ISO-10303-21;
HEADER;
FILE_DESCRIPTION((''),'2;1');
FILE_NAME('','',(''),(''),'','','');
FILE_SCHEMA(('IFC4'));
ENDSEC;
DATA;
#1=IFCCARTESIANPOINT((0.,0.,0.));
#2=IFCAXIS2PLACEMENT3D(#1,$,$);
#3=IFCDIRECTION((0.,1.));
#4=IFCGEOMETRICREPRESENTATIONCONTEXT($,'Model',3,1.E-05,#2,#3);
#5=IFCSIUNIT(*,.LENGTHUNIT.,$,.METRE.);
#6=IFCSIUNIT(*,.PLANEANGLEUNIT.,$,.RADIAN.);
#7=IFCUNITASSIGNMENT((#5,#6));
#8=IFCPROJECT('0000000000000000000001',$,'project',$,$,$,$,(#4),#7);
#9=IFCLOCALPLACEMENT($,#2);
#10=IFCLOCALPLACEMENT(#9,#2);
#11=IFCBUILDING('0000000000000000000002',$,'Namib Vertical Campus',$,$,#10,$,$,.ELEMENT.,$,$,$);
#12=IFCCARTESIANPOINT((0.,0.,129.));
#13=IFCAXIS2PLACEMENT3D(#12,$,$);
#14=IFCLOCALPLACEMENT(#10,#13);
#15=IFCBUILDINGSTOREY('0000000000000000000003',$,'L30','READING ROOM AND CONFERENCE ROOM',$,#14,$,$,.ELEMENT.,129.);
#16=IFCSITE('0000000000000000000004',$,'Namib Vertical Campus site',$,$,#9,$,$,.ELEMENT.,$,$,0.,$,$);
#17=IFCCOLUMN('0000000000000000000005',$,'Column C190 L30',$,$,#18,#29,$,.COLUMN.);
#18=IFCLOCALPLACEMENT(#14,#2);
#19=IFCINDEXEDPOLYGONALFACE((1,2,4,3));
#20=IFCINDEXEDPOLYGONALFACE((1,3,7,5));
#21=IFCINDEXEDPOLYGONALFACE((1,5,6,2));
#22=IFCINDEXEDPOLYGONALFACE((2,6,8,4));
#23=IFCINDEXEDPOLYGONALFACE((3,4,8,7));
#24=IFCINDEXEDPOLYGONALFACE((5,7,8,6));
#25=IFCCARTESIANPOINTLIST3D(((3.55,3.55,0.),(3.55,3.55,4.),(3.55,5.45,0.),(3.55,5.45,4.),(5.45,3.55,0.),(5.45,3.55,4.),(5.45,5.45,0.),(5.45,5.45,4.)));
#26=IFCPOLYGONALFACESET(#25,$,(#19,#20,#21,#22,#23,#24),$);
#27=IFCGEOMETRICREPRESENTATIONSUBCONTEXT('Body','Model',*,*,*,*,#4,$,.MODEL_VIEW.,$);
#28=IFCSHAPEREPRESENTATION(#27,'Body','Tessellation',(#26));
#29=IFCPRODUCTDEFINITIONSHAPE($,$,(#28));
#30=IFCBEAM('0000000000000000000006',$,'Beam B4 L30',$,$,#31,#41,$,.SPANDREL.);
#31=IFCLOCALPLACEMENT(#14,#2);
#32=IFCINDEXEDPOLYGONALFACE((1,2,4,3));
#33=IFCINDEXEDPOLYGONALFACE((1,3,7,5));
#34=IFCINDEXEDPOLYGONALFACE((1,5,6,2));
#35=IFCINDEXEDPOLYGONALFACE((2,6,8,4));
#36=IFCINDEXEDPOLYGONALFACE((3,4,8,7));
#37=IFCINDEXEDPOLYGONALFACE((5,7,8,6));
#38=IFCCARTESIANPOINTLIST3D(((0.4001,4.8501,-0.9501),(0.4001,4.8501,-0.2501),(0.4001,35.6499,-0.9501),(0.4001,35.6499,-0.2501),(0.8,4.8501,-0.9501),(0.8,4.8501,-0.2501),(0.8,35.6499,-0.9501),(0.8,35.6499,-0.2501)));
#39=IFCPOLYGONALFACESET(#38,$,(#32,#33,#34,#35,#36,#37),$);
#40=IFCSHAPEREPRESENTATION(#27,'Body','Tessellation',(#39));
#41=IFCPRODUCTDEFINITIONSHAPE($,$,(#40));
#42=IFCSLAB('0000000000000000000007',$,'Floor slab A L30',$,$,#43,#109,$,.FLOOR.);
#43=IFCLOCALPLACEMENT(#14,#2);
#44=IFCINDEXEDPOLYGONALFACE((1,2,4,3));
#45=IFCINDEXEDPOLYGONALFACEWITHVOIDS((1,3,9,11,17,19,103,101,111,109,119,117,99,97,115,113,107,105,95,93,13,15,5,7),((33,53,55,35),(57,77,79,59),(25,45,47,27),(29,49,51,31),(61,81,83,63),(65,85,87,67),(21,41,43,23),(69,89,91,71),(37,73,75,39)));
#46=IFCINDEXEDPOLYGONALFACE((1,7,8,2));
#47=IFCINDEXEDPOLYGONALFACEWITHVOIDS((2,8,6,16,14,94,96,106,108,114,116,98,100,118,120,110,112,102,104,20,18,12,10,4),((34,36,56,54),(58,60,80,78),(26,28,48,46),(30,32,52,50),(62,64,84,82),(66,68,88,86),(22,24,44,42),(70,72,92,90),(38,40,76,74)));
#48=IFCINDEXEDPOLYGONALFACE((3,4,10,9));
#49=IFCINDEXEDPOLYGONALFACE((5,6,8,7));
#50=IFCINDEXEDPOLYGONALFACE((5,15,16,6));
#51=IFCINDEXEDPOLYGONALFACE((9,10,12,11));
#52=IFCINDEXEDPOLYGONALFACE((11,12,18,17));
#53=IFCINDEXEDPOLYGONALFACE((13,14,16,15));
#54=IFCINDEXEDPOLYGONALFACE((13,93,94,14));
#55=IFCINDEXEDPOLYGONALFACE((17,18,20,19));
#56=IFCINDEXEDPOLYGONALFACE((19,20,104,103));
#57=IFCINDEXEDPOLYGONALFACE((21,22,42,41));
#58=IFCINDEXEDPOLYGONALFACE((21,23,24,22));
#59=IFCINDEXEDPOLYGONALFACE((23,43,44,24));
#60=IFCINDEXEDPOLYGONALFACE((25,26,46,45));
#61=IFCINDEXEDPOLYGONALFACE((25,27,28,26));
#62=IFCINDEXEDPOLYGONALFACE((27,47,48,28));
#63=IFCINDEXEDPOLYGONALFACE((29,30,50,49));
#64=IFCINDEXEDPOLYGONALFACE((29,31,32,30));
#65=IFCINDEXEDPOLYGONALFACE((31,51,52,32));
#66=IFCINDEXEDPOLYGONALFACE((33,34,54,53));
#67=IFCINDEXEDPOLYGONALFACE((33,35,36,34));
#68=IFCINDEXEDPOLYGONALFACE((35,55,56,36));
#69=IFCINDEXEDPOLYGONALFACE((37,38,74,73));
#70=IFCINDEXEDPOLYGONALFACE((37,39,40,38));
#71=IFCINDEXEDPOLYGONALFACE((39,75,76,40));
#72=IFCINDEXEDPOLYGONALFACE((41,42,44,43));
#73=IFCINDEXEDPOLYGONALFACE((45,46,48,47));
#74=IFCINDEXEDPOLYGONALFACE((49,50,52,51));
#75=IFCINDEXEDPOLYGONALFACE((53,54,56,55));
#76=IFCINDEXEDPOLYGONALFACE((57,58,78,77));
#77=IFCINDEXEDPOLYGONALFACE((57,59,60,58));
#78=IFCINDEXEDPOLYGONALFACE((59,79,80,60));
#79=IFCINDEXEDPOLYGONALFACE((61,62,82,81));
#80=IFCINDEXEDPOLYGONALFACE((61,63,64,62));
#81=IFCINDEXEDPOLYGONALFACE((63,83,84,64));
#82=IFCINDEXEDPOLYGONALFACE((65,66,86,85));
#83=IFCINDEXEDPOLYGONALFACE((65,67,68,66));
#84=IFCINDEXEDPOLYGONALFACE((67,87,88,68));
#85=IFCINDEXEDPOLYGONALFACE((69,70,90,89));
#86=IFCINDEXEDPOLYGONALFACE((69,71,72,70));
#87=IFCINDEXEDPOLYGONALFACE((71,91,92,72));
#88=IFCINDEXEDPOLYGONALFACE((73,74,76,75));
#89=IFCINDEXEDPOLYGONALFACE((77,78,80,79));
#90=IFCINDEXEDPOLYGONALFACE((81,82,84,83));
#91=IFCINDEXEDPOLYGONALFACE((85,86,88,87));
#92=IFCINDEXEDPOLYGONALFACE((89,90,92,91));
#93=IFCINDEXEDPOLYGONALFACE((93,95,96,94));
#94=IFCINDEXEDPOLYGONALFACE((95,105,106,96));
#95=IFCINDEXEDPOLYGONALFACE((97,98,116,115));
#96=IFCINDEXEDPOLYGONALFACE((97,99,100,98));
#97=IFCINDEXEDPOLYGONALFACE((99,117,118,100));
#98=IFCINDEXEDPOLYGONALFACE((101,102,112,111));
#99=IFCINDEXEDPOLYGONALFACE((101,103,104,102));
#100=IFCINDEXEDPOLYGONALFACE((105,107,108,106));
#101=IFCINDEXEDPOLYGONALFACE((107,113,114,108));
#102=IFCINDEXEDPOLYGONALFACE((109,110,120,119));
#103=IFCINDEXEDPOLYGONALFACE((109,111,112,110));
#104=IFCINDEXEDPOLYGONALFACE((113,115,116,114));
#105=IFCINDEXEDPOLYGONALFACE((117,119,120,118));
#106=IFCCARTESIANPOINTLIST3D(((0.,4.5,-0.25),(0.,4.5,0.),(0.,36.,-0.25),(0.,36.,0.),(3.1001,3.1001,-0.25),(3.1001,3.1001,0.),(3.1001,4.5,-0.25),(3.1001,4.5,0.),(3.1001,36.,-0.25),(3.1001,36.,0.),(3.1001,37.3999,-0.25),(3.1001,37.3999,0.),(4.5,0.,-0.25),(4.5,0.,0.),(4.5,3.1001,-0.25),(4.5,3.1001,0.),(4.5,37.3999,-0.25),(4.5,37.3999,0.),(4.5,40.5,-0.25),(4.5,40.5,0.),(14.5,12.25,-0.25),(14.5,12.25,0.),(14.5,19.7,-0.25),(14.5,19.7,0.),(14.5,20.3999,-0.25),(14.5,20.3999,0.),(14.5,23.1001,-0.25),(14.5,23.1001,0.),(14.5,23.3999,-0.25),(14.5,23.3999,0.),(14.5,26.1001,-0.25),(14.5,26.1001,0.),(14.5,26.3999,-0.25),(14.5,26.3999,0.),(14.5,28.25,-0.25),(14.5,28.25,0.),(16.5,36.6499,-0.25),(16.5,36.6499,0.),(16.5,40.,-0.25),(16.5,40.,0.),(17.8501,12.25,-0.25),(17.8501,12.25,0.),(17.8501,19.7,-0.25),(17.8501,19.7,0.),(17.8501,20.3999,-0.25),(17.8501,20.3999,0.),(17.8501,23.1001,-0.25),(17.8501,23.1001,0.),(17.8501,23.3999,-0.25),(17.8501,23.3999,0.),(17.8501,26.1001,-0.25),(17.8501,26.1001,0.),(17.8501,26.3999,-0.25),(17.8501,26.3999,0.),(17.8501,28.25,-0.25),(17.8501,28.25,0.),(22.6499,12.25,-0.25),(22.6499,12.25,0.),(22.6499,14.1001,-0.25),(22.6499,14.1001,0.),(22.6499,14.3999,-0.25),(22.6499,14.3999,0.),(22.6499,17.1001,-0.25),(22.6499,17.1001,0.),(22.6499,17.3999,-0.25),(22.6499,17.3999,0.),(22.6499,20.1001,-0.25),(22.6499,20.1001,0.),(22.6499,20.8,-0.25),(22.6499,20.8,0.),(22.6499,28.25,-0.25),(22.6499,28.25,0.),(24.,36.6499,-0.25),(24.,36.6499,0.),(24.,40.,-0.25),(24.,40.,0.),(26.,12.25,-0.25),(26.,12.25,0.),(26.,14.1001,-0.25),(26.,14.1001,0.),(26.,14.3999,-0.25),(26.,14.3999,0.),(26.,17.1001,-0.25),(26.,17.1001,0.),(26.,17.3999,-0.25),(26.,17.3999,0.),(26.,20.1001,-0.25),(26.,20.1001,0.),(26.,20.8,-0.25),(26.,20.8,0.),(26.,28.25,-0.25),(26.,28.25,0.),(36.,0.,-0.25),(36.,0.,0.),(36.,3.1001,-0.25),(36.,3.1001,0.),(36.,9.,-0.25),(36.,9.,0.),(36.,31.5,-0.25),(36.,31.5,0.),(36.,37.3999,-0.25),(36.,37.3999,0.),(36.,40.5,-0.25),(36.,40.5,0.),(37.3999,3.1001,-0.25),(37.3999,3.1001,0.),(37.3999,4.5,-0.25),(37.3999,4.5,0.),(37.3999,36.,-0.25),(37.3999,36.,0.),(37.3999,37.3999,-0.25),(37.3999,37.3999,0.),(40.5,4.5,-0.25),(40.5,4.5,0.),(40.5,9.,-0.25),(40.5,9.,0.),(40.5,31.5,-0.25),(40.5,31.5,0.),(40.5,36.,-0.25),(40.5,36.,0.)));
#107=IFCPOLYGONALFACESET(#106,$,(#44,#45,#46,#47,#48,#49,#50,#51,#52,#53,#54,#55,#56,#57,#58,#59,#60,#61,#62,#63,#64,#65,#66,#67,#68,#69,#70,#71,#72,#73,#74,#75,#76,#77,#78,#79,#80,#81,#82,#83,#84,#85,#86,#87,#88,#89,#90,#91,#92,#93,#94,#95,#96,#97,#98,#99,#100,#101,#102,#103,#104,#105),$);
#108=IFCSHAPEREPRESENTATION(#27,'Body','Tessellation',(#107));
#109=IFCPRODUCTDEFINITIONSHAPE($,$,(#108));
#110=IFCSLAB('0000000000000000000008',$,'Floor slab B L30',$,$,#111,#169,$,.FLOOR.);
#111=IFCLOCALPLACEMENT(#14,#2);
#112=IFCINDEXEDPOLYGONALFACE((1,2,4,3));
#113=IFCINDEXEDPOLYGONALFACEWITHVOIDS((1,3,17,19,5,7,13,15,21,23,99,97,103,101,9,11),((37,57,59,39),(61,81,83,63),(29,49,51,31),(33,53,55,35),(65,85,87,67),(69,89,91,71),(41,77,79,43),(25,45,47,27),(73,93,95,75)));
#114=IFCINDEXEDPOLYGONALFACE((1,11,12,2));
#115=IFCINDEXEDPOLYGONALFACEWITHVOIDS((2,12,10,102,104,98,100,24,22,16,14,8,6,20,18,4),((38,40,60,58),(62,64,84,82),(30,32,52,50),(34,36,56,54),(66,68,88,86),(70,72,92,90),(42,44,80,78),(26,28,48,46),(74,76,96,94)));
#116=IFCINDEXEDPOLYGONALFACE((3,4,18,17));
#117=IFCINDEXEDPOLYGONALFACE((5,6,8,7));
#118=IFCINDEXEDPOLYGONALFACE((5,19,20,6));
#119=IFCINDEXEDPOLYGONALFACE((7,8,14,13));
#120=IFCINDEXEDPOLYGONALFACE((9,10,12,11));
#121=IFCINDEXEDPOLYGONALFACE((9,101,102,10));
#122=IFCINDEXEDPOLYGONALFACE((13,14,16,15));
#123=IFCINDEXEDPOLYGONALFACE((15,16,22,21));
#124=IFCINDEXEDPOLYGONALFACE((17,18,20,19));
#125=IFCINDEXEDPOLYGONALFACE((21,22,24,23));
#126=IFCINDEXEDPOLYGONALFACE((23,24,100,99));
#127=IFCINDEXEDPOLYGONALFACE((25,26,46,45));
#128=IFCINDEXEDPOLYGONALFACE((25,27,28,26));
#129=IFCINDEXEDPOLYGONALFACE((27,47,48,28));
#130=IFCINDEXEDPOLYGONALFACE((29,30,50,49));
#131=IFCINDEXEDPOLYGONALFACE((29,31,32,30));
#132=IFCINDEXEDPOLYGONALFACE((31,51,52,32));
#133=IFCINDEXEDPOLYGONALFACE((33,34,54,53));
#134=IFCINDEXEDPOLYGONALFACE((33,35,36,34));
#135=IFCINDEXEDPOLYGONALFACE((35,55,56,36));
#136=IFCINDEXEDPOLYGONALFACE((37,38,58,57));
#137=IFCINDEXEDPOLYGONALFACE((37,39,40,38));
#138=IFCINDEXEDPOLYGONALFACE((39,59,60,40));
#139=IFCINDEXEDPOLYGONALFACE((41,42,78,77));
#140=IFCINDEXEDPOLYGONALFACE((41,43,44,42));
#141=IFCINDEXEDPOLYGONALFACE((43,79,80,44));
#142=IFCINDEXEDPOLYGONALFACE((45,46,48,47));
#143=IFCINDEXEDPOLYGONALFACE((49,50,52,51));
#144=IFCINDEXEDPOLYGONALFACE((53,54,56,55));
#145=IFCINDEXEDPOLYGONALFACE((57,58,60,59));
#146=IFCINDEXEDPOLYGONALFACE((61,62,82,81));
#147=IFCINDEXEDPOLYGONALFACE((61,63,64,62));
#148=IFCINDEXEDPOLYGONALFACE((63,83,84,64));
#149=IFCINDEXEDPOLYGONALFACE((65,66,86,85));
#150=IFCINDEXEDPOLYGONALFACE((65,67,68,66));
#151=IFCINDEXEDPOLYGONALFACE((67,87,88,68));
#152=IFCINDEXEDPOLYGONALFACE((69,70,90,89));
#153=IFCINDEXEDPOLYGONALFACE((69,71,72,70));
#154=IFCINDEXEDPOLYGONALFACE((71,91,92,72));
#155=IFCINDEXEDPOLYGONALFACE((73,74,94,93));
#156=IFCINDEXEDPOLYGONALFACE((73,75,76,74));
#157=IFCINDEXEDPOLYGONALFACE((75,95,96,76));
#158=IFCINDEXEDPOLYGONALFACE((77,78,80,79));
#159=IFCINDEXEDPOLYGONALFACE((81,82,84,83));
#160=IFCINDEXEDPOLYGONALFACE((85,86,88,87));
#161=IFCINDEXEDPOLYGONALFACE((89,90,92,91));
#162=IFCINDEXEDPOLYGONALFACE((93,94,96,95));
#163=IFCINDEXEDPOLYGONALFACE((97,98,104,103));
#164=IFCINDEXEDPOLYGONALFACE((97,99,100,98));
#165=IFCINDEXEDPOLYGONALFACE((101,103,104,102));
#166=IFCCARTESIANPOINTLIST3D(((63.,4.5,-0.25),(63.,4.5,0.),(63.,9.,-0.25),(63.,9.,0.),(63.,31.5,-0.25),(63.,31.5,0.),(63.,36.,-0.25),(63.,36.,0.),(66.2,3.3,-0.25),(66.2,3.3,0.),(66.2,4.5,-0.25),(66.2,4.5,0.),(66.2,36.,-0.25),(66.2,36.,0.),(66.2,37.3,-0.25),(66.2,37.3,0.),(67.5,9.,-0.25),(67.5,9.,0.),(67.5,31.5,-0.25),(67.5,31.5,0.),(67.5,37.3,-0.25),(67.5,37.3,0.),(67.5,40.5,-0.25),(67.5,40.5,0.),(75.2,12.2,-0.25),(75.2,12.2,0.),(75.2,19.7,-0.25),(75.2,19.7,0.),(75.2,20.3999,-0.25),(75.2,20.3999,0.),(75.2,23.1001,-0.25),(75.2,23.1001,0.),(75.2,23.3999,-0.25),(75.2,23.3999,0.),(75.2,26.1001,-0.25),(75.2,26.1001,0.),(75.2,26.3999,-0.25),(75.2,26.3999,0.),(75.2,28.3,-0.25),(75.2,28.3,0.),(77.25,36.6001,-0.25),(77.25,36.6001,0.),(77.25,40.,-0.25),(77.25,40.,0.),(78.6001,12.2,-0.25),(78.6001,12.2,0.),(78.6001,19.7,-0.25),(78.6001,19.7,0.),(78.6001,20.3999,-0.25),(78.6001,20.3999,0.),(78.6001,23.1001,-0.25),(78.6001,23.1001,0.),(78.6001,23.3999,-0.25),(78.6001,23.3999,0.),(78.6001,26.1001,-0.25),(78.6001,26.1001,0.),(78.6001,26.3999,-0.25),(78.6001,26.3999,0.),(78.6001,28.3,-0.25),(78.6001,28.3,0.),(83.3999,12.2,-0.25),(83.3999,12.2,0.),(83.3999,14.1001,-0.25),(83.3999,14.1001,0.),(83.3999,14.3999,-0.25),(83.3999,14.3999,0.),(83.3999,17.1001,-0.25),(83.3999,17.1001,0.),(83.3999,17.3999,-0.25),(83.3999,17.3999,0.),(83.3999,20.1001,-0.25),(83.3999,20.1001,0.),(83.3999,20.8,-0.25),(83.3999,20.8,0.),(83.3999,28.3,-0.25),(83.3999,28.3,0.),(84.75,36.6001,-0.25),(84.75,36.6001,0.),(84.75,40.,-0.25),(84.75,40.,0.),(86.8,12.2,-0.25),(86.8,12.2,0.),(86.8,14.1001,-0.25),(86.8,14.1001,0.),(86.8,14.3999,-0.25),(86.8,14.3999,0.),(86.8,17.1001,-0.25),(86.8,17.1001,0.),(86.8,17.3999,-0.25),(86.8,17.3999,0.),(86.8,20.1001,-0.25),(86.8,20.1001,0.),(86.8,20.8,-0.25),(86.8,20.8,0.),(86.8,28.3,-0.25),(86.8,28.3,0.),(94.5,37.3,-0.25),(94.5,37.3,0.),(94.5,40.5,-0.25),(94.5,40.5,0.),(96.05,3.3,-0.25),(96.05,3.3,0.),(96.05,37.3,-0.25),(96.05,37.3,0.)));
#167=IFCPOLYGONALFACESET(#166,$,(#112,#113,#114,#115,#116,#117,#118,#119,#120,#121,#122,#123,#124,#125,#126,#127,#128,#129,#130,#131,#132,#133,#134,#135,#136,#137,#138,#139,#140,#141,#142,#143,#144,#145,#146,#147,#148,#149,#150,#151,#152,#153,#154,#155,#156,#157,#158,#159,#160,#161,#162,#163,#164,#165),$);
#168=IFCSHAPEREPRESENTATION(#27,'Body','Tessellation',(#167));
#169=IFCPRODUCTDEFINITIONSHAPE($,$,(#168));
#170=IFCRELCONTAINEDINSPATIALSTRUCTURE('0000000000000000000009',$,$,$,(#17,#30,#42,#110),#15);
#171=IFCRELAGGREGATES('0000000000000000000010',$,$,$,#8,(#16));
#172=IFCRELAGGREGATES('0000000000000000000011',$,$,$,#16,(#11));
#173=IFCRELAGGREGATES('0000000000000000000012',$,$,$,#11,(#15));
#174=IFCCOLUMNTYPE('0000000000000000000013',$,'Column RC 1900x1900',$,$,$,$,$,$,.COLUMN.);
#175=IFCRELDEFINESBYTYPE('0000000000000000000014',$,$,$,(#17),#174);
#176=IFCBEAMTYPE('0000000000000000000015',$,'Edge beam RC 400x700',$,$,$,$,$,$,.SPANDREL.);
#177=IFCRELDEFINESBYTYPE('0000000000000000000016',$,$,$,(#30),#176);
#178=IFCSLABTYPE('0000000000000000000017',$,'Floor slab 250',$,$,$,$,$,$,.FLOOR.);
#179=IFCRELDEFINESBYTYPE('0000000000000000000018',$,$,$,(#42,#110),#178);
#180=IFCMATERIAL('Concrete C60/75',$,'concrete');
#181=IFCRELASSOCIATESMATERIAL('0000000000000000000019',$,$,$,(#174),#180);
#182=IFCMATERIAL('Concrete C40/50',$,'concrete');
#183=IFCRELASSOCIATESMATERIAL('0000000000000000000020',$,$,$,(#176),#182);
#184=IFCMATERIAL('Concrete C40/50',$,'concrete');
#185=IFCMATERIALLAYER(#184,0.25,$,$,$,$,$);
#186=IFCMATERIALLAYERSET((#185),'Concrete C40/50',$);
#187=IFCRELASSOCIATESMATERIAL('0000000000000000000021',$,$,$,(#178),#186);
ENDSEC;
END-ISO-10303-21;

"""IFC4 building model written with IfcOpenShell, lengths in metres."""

from ifc_helpers import new_model, si_unit, direction, frame, origin, origin_2d, place, context, subcontext, project, spatial, polyline, rectangle, outline, extrude, material, layer, layer_set, material_profile, profile_set, type_object, element, save


model = new_model("IFC4")

# Units and contexts
model_context = context("Model", 3, precision=1e-05, world=origin(), true_north=direction((0.0, 1.0)))
body_context = subcontext(model_context, "Body", "Model", "MODEL_VIEW")
ifc_project = project(units=[si_unit("LENGTHUNIT", "METRE"), si_unit("PLANEANGLEUNIT", "RADIAN")], contexts=[model_context])

# Site, building, storey
site_placement = place(None, origin())
site = spatial("IfcSite", under=ifc_project, at=site_placement, Name="Namib Vertical Campus site", CompositionType="ELEMENT", RefElevation=0.0)
building_placement = place(site_placement, origin())
building = spatial("IfcBuilding", under=site, at=building_placement, Name="Namib Vertical Campus", CompositionType="ELEMENT")
storey_placement = place(building_placement, frame((0.0, 0.0, 129.0)))
storey = spatial("IfcBuildingStorey", under=building, at=storey_placement, Name="L30", Description="READING ROOM AND CONFERENCE ROOM", CompositionType="ELEMENT", Elevation=129.0)

# Column
ifc_material_1 = material(Name="Concrete C60/75", Category="concrete")
ifc_material_profile_1 = material_profile(ifc_material_1, rectangle(XDim=1.8999, YDim=1.8999, at=origin_2d()))
ifc_profile_set_1 = profile_set([ifc_material_profile_1], Name="Concrete C60/75")
column_type = type_object("IfcColumnType", Name="Column RC 1900x1900", PredefinedType="COLUMN", material=ifc_profile_set_1)
column_placement = place(storey_placement, frame((4.5, 4.5, 0.0), z_axis=(0.0, 0.0, 1.0), x_axis=(1.0, 0.0, 0.0)))
element("IfcColumn", 1, at=column_placement, inside=storey, type_object=column_type, Name="Column C190 L30", PredefinedType="COLUMN", context=body_context, shape_type="SweptSolid", body=[
    extrude(rectangle(XDim=1.8999, YDim=1.8999, at=origin_2d()), origin(), (0.0, 0.0, 1.0), 4.0),
])

# Beam
ifc_material_2 = material(Name="Concrete C40/50", Category="concrete")
ifc_material_profile_2 = material_profile(ifc_material_2, rectangle(XDim=0.3999, YDim=0.7, at=origin_2d()))
ifc_profile_set_2 = profile_set([ifc_material_profile_2], Name="Concrete C40/50")
beam_type = type_object("IfcBeamType", Name="Edge beam RC 400x700", PredefinedType="SPANDREL", material=ifc_profile_set_2)
beam_placement = place(storey_placement, frame((0.6001, 4.8501, -0.6001), z_axis=(0.0, 1.0, 0.0), x_axis=(-1.0, 0.0, 0.0)))
element("IfcBeam", 2, at=beam_placement, inside=storey, type_object=beam_type, Name="Beam B4 L30", PredefinedType="SPANDREL", context=body_context, shape_type="SweptSolid", body=[
    extrude(rectangle(XDim=0.3999, YDim=0.7, at=origin_2d()), origin(), (0.0, 0.0, 1.0), 30.7998),
])

# Slabs
ifc_material_3 = material(Name="Concrete C40/50", Category="concrete")
ifc_layer_1 = layer(ifc_material_3, 0.25)
ifc_layer_set_1 = layer_set([ifc_layer_1], Name="Concrete C40/50")
slab_type_1 = type_object("IfcSlabType", Name="Floor slab 250", PredefinedType="FLOOR", material=ifc_layer_set_1)
slab_1_placement = place(storey_placement, frame((0.0, 0.0, -0.25)))
element("IfcSlab", 3, at=slab_1_placement, inside=storey, type_object=slab_type_1, Name="Floor slab A L30", PredefinedType="FLOOR", context=body_context, shape_type="SweptSolid", body=[
    extrude(outline(polyline([(4.5, 3.1001), (4.5, 0.0), (36.0, 0.0), (36.0, 3.1001), (37.3999, 3.1001), (37.3999, 4.5), (40.5, 4.5), (40.5, 9.0), (36.0, 9.0), (36.0, 31.5), (40.5, 31.5), (40.5, 36.0), (37.3999, 36.0), (37.3999, 37.3999), (36.0, 37.3999), (36.0, 40.5), (4.5, 40.5), (4.5, 37.3999), (3.1001, 37.3999), (3.1001, 36.0), (0.0, 36.0), (0.0, 4.5), (3.1001, 4.5), (3.1001, 3.1001), (4.5, 3.1001)]), holes=[polyline([(14.5, 12.25), (17.8501, 12.25), (17.8501, 19.7), (14.5, 19.7), (14.5, 12.25)]), polyline([(22.6499, 20.8), (26.0, 20.8), (26.0, 28.25), (22.6499, 28.25), (22.6499, 20.8)]), polyline([(22.6499, 12.25), (26.0, 12.25), (26.0, 14.1001), (22.6499, 14.1001), (22.6499, 12.25)]), polyline([(14.5, 20.3999), (17.8501, 20.3999), (17.8501, 23.1001), (14.5, 23.1001), (14.5, 20.3999)]), polyline([(14.5, 23.3999), (17.8501, 23.3999), (17.8501, 26.1001), (14.5, 26.1001), (14.5, 23.3999)]), polyline([(14.5, 26.3999), (17.8501, 26.3999), (17.8501, 28.25), (14.5, 28.25), (14.5, 26.3999)]), polyline([(22.6499, 14.3999), (26.0, 14.3999), (26.0, 17.1001), (22.6499, 17.1001), (22.6499, 14.3999)]), polyline([(22.6499, 17.3999), (26.0, 17.3999), (26.0, 20.1001), (22.6499, 20.1001), (22.6499, 17.3999)]), polyline([(16.5, 36.6499), (24.0, 36.6499), (24.0, 40.0), (16.5, 40.0), (16.5, 36.6499)])]), origin(), (0.0, 0.0, 1.0), 0.25),
])
slab_2_placement = place(storey_placement, frame((0.0, 0.0, -0.25)))
element("IfcSlab", 4, at=slab_2_placement, inside=storey, type_object=slab_type_1, Name="Floor slab B L30", PredefinedType="FLOOR", context=body_context, shape_type="SweptSolid", body=[
    extrude(outline(polyline([(63.0, 9.0), (63.0, 4.5), (66.2, 4.5), (66.2, 3.3), (96.05, 3.3), (96.05, 37.3), (94.5, 37.3), (94.5, 40.5), (67.5, 40.5), (67.5, 37.3), (66.2, 37.3), (66.2, 36.0), (63.0, 36.0), (63.0, 31.5), (67.5, 31.5), (67.5, 9.0), (63.0, 9.0)]), holes=[polyline([(75.2, 12.2), (78.6001, 12.2), (78.6001, 19.7), (75.2, 19.7), (75.2, 12.2)]), polyline([(83.3999, 20.8), (86.8, 20.8), (86.8, 28.3), (83.3999, 28.3), (83.3999, 20.8)]), polyline([(83.3999, 12.2), (86.8, 12.2), (86.8, 14.1001), (83.3999, 14.1001), (83.3999, 12.2)]), polyline([(75.2, 20.3999), (78.6001, 20.3999), (78.6001, 23.1001), (75.2, 23.1001), (75.2, 20.3999)]), polyline([(75.2, 23.3999), (78.6001, 23.3999), (78.6001, 26.1001), (75.2, 26.1001), (75.2, 23.3999)]), polyline([(75.2, 26.3999), (78.6001, 26.3999), (78.6001, 28.3), (75.2, 28.3), (75.2, 26.3999)]), polyline([(83.3999, 14.3999), (86.8, 14.3999), (86.8, 17.1001), (83.3999, 17.1001), (83.3999, 14.3999)]), polyline([(83.3999, 17.3999), (86.8, 17.3999), (86.8, 20.1001), (83.3999, 20.1001), (83.3999, 17.3999)]), polyline([(77.25, 36.6001), (84.75, 36.6001), (84.75, 40.0), (77.25, 40.0), (77.25, 36.6001)])]), origin(), (0.0, 0.0, 1.0), 0.25),
])

save(model, "model.ifc")
